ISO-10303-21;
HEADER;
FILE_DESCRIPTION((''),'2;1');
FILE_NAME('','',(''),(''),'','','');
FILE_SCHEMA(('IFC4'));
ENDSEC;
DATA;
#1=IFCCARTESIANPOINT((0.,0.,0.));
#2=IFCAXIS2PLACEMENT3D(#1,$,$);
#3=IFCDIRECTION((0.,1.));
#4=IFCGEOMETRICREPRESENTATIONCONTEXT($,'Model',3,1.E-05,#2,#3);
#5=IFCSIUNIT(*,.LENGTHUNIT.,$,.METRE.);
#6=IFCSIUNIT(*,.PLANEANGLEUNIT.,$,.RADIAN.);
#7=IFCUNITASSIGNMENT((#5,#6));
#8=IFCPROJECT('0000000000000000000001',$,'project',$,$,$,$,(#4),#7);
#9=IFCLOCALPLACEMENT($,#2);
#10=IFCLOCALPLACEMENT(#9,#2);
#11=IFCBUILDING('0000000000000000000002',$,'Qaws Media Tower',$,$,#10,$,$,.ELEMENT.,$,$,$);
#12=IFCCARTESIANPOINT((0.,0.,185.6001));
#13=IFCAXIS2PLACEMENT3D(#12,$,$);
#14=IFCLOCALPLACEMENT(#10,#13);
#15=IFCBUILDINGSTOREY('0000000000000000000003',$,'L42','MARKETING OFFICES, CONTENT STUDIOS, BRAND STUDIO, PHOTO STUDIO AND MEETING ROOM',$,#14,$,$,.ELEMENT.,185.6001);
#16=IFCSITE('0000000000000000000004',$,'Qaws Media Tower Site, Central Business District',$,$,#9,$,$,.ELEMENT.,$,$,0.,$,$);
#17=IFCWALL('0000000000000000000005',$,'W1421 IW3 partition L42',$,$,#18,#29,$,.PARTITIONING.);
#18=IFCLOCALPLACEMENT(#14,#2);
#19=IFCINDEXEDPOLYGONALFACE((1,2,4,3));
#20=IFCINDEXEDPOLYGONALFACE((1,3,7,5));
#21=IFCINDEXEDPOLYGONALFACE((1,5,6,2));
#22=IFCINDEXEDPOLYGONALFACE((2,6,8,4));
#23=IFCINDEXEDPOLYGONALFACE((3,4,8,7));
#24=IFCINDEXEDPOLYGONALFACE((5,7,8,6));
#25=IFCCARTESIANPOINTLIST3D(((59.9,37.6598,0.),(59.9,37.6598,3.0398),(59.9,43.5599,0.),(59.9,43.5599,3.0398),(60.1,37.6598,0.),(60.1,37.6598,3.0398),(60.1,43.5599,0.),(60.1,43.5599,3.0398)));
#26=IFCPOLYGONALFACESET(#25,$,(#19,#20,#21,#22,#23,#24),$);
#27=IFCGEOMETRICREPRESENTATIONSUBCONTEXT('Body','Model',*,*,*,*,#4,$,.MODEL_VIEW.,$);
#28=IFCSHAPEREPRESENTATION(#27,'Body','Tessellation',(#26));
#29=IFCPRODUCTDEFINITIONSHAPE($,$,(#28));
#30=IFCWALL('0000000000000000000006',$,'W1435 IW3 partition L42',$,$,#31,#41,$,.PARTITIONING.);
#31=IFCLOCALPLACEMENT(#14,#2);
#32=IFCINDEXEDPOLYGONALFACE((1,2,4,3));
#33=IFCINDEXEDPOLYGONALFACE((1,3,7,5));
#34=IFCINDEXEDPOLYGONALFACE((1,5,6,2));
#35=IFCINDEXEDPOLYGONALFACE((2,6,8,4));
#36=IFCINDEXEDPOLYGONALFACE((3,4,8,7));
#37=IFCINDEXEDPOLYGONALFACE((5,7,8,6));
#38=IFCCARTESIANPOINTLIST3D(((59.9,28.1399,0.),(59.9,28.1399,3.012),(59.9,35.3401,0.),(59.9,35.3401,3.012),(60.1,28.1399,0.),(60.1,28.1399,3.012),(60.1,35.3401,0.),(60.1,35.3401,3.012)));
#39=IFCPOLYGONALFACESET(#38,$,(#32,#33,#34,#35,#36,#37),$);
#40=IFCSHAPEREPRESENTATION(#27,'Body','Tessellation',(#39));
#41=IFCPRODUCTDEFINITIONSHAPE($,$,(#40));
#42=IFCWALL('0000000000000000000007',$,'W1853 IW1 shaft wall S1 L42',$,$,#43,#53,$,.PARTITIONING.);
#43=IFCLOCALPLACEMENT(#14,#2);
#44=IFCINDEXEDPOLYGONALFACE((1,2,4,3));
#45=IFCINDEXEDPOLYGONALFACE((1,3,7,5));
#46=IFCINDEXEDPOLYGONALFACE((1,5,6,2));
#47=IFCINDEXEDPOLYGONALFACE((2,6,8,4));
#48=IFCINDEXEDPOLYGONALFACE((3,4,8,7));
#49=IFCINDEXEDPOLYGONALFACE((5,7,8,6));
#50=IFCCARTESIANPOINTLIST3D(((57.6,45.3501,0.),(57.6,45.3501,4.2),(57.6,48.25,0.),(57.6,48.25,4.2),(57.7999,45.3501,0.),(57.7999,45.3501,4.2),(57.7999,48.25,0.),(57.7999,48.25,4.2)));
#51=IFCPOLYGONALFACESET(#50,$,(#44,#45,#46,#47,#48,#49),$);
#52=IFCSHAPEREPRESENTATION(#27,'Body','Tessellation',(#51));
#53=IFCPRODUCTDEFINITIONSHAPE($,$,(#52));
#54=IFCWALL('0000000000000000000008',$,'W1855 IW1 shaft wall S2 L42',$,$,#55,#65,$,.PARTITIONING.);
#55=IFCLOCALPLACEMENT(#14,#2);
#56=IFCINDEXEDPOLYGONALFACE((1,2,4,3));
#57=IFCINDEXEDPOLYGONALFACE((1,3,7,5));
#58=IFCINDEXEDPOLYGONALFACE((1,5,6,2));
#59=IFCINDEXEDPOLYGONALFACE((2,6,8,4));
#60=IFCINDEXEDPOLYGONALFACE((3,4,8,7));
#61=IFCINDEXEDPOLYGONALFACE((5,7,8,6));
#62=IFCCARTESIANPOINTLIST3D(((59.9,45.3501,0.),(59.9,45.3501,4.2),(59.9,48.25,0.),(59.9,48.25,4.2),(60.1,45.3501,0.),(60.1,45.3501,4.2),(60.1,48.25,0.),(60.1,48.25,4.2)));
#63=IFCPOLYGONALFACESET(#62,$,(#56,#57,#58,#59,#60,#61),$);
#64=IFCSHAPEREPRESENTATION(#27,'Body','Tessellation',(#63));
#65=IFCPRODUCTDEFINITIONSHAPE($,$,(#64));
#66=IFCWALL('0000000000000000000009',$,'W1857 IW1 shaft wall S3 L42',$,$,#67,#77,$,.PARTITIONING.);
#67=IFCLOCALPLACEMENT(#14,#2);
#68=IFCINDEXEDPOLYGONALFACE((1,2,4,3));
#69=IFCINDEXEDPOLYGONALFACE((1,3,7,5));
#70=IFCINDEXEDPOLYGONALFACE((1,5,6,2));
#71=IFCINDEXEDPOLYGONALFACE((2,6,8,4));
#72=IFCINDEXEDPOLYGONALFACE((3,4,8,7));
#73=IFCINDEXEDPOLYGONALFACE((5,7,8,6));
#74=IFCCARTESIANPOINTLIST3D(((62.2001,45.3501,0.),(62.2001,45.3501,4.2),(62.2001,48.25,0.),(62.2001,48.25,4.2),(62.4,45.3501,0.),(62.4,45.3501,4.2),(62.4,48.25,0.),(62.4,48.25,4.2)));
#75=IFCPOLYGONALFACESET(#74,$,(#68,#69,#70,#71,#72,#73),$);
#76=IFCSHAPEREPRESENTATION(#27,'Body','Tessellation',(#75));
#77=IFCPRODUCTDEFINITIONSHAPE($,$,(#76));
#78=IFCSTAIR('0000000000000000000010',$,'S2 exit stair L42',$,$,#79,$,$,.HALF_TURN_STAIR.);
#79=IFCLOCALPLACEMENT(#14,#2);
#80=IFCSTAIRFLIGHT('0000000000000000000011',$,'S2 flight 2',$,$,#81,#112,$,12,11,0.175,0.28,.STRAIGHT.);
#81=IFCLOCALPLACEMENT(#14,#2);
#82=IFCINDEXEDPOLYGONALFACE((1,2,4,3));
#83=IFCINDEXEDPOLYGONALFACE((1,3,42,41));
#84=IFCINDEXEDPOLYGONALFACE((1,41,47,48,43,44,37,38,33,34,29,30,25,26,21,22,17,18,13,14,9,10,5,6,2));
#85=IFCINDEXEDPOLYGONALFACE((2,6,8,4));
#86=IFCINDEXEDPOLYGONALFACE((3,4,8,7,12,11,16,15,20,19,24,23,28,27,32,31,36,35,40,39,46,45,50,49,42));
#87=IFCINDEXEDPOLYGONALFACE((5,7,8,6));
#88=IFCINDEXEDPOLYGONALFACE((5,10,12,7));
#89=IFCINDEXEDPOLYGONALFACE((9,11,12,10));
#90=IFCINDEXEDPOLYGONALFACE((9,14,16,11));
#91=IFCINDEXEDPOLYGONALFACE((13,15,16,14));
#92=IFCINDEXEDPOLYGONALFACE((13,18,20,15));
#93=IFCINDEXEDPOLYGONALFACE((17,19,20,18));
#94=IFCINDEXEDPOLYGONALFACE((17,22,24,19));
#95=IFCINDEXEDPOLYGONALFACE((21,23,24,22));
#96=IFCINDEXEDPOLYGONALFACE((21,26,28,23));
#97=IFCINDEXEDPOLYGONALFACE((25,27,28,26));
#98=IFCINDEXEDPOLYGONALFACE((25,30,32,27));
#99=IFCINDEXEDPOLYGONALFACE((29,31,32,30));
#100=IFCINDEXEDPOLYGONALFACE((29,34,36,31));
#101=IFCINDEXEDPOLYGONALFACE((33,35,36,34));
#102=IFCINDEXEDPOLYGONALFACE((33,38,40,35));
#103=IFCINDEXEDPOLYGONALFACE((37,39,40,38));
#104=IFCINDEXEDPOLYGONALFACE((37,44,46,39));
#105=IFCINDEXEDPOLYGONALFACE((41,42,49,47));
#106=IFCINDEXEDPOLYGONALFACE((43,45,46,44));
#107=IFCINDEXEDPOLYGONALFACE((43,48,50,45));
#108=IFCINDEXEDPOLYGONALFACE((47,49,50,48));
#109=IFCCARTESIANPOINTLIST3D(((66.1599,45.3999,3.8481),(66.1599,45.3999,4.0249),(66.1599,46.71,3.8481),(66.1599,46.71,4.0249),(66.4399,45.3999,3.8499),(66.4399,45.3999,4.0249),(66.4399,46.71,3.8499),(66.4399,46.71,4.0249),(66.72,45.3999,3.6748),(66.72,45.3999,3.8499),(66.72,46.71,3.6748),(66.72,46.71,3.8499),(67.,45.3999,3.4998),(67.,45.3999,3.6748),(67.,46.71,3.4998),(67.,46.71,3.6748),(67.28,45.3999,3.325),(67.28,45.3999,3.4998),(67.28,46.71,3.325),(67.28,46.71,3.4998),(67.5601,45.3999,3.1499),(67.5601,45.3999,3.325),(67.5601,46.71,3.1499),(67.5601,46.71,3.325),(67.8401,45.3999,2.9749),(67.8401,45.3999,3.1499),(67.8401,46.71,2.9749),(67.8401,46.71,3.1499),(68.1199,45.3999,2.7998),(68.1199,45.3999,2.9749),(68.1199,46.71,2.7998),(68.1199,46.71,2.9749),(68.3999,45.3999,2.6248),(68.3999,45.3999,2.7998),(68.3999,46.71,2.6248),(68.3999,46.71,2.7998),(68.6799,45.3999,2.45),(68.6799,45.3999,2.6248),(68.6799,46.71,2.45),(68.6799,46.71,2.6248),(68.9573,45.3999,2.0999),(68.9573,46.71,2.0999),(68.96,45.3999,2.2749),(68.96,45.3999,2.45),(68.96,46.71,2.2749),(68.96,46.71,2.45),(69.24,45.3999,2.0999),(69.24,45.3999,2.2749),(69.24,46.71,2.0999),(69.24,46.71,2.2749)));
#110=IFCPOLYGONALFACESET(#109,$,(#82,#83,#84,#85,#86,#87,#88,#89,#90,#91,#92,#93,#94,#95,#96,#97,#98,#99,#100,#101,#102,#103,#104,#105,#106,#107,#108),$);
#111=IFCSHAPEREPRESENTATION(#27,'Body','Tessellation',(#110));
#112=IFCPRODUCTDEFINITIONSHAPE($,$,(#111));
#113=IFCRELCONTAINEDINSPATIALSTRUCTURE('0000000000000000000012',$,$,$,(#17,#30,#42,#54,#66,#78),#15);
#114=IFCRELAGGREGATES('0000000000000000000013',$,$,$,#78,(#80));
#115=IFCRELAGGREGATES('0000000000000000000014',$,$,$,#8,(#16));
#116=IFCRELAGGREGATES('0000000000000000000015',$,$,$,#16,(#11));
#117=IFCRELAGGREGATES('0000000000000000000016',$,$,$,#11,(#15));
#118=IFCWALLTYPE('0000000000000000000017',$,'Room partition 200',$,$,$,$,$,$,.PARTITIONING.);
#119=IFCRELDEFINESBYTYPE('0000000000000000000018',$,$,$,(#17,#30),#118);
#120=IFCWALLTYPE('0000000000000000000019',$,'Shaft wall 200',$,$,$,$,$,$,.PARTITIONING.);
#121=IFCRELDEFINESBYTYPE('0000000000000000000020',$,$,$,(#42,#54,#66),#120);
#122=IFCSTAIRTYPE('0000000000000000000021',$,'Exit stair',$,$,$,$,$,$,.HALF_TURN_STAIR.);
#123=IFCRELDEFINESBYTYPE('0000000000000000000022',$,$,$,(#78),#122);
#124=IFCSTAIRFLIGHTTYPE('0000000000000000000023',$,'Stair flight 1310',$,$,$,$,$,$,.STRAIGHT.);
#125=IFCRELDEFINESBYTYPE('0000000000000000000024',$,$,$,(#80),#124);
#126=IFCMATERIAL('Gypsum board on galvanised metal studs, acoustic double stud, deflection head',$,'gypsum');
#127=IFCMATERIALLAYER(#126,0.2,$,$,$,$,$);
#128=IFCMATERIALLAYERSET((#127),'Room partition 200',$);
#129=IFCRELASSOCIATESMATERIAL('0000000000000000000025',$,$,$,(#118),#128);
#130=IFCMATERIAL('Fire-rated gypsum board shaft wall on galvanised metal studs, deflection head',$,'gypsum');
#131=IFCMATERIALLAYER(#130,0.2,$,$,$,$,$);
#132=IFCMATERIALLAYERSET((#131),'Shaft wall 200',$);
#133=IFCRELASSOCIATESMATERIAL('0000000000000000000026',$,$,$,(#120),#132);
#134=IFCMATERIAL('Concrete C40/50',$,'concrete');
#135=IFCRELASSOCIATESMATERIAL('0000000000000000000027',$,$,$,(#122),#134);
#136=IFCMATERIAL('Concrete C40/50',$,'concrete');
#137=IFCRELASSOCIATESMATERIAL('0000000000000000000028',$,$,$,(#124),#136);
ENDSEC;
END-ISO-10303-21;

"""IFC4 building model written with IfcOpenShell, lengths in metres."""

from ifc_helpers import new_model, si_unit, direction, frame, frame_2d, origin, place, context, subcontext, project, spatial, polyline, rectangle, outline, extrude, material, layer, layer_set, type_object, element, aggregate, save


model = new_model("IFC4")

# Units and contexts
model_context = context("Model", 3, precision=1e-05, world=origin(), true_north=direction((0.0, 1.0)))
body_context = subcontext(model_context, "Body", "Model", "MODEL_VIEW")
ifc_project = project(units=[si_unit("LENGTHUNIT", "METRE"), si_unit("PLANEANGLEUNIT", "RADIAN")], contexts=[model_context])

# Site, building, storey
site_placement = place(None, origin())
site = spatial("IfcSite", under=ifc_project, at=site_placement, Name="Qaws Media Tower Site, Central Business District", CompositionType="ELEMENT", RefElevation=0.0)
building_placement = place(site_placement, origin())
building = spatial("IfcBuilding", under=site, at=building_placement, Name="Qaws Media Tower", CompositionType="ELEMENT")
storey_placement = place(building_placement, frame((0.0, 0.0, 185.6001)))
storey = spatial("IfcBuildingStorey", under=building, at=storey_placement, Name="L42", Description="MARKETING OFFICES, CONTENT STUDIOS, BRAND STUDIO, PHOTO STUDIO AND MEETING ROOM", CompositionType="ELEMENT", Elevation=185.6001)

# Walls
ifc_material_1 = material(Name="Gypsum board on galvanised metal studs, acoustic double stud, deflection head", Category="gypsum")
ifc_layer_1 = layer(ifc_material_1, 0.2)
ifc_layer_set_1 = layer_set([ifc_layer_1], Name="Room partition 200")
wall_type_1 = type_object("IfcWallType", Name="Room partition 200", PredefinedType="PARTITIONING", material=ifc_layer_set_1)
wall_1_placement = place(storey_placement, frame((60.0, 43.5601, 0.0), z_axis=(0.0, 0.0, 1.0), x_axis=(0.0, -1.0, 0.0)))
element("IfcWall", 1, at=wall_1_placement, inside=storey, type_object=wall_type_1, Name="W1421 IW3 partition L42", PredefinedType="PARTITIONING", context=body_context, shape_type="SweptSolid", body=[
    extrude(rectangle(XDim=5.9001, YDim=0.2, at=frame_2d((2.9502, 0.0))), origin(), (0.0, 0.0, 1.0), 3.0398),
])
wall_2_placement = place(storey_placement, frame((60.0, 35.3401, 0.0), z_axis=(0.0, 0.0, 1.0), x_axis=(0.0, -1.0, 0.0)))
element("IfcWall", 2, at=wall_2_placement, inside=storey, type_object=wall_type_1, Name="W1435 IW3 partition L42", PredefinedType="PARTITIONING", context=body_context, shape_type="SweptSolid", body=[
    extrude(rectangle(XDim=7.2002, YDim=0.2, at=frame_2d((3.6001, 0.0))), origin(), (0.0, 0.0, 1.0), 3.012),
])
ifc_material_2 = material(Name="Fire-rated gypsum board shaft wall on galvanised metal studs, deflection head", Category="gypsum")
ifc_layer_2 = layer(ifc_material_2, 0.2)
ifc_layer_set_2 = layer_set([ifc_layer_2], Name="Shaft wall 200")
wall_type_2 = type_object("IfcWallType", Name="Shaft wall 200", PredefinedType="PARTITIONING", material=ifc_layer_set_2)
for number, where, z_axis, x_axis, name in (
    (3, (57.7, 45.3501, 0.0), (0.0, 0.0, 1.0), (0.0, 1.0, 0.0), "W1853 IW1 shaft wall S1 L42"),
    (4, (60.0, 45.3501, 0.0), (0.0, 0.0, 1.0), (0.0, 1.0, 0.0), "W1855 IW1 shaft wall S2 L42"),
    (5, (62.3, 45.3501, 0.0), (0.0, 0.0, 1.0), (0.0, 1.0, 0.0), "W1857 IW1 shaft wall S3 L42"),
):
    element("IfcWall", number, at=place(storey_placement, frame(where, z_axis=z_axis, x_axis=x_axis)), inside=storey, type_object=wall_type_2, Name=name, PredefinedType="PARTITIONING", context=body_context, shape_type="SweptSolid", body=[
        extrude(rectangle(XDim=2.8999, YDim=0.2, at=frame_2d((1.45, 0.0))), origin(), (0.0, 0.0, 1.0), 4.2),
    ])

# Stair, stair flight
ifc_material_3 = material(Name="Concrete C40/50", Category="concrete")
stair_type = type_object("IfcStairType", Name="Exit stair", PredefinedType="HALF_TURN_STAIR", material=ifc_material_3)
stair_placement = place(storey_placement, origin())
stair = element("IfcStair", 6, at=stair_placement, inside=storey, type_object=stair_type, Name="S2 exit stair L42", PredefinedType="HALF_TURN_STAIR")
ifc_material_4 = material(Name="Concrete C40/50", Category="concrete")
stair_flight_type = type_object("IfcStairFlightType", Name="Stair flight 1310", PredefinedType="STRAIGHT", material=ifc_material_4)
stair_flight_placement = place(storey_placement, frame((69.24, 46.0549, 2.0999), z_axis=(0.0, 0.0, 1.0), x_axis=(-1.0, 0.0, 0.0)))
stair_flight = element("IfcStairFlight", 7, at=stair_flight_placement, type_object=stair_flight_type, Name="S2 flight 2", NumberOfRisers=12, NumberOfTreads=11, PredefinedType="STRAIGHT", RiserHeight=0.175, TreadLength=0.28, context=body_context, shape_type="SweptSolid", body=[
    extrude(outline(polyline([(0.0, 0.0), (0.0, 0.175), (0.28, 0.175), (0.28, 0.3501), (0.5601, 0.3501), (0.5601, 0.5249), (0.8401, 0.5249), (0.8401, 0.7), (1.1201, 0.7), (1.1201, 0.875), (1.3999, 0.875), (1.3999, 1.05), (1.6799, 1.05), (1.6799, 1.2251), (1.96, 1.2251), (1.96, 1.3999), (2.24, 1.3999), (2.24, 1.575), (2.52, 1.575), (2.52, 1.75), (2.8, 1.75), (2.8, 1.925), (3.0801, 1.925), (3.0801, 2.1001), (3.0801, 1.7483), (0.2827, 0.0), (0.0, 0.0)])), frame((0.0, 0.655, 0.0), z_axis=(0.0, -1.0, 0.0), x_axis=(1.0, 0.0, 0.0)), (0.0, 0.0, 1.0), 1.3101),
])
aggregate(stair, [stair_flight])

save(model, "model.ifc")
